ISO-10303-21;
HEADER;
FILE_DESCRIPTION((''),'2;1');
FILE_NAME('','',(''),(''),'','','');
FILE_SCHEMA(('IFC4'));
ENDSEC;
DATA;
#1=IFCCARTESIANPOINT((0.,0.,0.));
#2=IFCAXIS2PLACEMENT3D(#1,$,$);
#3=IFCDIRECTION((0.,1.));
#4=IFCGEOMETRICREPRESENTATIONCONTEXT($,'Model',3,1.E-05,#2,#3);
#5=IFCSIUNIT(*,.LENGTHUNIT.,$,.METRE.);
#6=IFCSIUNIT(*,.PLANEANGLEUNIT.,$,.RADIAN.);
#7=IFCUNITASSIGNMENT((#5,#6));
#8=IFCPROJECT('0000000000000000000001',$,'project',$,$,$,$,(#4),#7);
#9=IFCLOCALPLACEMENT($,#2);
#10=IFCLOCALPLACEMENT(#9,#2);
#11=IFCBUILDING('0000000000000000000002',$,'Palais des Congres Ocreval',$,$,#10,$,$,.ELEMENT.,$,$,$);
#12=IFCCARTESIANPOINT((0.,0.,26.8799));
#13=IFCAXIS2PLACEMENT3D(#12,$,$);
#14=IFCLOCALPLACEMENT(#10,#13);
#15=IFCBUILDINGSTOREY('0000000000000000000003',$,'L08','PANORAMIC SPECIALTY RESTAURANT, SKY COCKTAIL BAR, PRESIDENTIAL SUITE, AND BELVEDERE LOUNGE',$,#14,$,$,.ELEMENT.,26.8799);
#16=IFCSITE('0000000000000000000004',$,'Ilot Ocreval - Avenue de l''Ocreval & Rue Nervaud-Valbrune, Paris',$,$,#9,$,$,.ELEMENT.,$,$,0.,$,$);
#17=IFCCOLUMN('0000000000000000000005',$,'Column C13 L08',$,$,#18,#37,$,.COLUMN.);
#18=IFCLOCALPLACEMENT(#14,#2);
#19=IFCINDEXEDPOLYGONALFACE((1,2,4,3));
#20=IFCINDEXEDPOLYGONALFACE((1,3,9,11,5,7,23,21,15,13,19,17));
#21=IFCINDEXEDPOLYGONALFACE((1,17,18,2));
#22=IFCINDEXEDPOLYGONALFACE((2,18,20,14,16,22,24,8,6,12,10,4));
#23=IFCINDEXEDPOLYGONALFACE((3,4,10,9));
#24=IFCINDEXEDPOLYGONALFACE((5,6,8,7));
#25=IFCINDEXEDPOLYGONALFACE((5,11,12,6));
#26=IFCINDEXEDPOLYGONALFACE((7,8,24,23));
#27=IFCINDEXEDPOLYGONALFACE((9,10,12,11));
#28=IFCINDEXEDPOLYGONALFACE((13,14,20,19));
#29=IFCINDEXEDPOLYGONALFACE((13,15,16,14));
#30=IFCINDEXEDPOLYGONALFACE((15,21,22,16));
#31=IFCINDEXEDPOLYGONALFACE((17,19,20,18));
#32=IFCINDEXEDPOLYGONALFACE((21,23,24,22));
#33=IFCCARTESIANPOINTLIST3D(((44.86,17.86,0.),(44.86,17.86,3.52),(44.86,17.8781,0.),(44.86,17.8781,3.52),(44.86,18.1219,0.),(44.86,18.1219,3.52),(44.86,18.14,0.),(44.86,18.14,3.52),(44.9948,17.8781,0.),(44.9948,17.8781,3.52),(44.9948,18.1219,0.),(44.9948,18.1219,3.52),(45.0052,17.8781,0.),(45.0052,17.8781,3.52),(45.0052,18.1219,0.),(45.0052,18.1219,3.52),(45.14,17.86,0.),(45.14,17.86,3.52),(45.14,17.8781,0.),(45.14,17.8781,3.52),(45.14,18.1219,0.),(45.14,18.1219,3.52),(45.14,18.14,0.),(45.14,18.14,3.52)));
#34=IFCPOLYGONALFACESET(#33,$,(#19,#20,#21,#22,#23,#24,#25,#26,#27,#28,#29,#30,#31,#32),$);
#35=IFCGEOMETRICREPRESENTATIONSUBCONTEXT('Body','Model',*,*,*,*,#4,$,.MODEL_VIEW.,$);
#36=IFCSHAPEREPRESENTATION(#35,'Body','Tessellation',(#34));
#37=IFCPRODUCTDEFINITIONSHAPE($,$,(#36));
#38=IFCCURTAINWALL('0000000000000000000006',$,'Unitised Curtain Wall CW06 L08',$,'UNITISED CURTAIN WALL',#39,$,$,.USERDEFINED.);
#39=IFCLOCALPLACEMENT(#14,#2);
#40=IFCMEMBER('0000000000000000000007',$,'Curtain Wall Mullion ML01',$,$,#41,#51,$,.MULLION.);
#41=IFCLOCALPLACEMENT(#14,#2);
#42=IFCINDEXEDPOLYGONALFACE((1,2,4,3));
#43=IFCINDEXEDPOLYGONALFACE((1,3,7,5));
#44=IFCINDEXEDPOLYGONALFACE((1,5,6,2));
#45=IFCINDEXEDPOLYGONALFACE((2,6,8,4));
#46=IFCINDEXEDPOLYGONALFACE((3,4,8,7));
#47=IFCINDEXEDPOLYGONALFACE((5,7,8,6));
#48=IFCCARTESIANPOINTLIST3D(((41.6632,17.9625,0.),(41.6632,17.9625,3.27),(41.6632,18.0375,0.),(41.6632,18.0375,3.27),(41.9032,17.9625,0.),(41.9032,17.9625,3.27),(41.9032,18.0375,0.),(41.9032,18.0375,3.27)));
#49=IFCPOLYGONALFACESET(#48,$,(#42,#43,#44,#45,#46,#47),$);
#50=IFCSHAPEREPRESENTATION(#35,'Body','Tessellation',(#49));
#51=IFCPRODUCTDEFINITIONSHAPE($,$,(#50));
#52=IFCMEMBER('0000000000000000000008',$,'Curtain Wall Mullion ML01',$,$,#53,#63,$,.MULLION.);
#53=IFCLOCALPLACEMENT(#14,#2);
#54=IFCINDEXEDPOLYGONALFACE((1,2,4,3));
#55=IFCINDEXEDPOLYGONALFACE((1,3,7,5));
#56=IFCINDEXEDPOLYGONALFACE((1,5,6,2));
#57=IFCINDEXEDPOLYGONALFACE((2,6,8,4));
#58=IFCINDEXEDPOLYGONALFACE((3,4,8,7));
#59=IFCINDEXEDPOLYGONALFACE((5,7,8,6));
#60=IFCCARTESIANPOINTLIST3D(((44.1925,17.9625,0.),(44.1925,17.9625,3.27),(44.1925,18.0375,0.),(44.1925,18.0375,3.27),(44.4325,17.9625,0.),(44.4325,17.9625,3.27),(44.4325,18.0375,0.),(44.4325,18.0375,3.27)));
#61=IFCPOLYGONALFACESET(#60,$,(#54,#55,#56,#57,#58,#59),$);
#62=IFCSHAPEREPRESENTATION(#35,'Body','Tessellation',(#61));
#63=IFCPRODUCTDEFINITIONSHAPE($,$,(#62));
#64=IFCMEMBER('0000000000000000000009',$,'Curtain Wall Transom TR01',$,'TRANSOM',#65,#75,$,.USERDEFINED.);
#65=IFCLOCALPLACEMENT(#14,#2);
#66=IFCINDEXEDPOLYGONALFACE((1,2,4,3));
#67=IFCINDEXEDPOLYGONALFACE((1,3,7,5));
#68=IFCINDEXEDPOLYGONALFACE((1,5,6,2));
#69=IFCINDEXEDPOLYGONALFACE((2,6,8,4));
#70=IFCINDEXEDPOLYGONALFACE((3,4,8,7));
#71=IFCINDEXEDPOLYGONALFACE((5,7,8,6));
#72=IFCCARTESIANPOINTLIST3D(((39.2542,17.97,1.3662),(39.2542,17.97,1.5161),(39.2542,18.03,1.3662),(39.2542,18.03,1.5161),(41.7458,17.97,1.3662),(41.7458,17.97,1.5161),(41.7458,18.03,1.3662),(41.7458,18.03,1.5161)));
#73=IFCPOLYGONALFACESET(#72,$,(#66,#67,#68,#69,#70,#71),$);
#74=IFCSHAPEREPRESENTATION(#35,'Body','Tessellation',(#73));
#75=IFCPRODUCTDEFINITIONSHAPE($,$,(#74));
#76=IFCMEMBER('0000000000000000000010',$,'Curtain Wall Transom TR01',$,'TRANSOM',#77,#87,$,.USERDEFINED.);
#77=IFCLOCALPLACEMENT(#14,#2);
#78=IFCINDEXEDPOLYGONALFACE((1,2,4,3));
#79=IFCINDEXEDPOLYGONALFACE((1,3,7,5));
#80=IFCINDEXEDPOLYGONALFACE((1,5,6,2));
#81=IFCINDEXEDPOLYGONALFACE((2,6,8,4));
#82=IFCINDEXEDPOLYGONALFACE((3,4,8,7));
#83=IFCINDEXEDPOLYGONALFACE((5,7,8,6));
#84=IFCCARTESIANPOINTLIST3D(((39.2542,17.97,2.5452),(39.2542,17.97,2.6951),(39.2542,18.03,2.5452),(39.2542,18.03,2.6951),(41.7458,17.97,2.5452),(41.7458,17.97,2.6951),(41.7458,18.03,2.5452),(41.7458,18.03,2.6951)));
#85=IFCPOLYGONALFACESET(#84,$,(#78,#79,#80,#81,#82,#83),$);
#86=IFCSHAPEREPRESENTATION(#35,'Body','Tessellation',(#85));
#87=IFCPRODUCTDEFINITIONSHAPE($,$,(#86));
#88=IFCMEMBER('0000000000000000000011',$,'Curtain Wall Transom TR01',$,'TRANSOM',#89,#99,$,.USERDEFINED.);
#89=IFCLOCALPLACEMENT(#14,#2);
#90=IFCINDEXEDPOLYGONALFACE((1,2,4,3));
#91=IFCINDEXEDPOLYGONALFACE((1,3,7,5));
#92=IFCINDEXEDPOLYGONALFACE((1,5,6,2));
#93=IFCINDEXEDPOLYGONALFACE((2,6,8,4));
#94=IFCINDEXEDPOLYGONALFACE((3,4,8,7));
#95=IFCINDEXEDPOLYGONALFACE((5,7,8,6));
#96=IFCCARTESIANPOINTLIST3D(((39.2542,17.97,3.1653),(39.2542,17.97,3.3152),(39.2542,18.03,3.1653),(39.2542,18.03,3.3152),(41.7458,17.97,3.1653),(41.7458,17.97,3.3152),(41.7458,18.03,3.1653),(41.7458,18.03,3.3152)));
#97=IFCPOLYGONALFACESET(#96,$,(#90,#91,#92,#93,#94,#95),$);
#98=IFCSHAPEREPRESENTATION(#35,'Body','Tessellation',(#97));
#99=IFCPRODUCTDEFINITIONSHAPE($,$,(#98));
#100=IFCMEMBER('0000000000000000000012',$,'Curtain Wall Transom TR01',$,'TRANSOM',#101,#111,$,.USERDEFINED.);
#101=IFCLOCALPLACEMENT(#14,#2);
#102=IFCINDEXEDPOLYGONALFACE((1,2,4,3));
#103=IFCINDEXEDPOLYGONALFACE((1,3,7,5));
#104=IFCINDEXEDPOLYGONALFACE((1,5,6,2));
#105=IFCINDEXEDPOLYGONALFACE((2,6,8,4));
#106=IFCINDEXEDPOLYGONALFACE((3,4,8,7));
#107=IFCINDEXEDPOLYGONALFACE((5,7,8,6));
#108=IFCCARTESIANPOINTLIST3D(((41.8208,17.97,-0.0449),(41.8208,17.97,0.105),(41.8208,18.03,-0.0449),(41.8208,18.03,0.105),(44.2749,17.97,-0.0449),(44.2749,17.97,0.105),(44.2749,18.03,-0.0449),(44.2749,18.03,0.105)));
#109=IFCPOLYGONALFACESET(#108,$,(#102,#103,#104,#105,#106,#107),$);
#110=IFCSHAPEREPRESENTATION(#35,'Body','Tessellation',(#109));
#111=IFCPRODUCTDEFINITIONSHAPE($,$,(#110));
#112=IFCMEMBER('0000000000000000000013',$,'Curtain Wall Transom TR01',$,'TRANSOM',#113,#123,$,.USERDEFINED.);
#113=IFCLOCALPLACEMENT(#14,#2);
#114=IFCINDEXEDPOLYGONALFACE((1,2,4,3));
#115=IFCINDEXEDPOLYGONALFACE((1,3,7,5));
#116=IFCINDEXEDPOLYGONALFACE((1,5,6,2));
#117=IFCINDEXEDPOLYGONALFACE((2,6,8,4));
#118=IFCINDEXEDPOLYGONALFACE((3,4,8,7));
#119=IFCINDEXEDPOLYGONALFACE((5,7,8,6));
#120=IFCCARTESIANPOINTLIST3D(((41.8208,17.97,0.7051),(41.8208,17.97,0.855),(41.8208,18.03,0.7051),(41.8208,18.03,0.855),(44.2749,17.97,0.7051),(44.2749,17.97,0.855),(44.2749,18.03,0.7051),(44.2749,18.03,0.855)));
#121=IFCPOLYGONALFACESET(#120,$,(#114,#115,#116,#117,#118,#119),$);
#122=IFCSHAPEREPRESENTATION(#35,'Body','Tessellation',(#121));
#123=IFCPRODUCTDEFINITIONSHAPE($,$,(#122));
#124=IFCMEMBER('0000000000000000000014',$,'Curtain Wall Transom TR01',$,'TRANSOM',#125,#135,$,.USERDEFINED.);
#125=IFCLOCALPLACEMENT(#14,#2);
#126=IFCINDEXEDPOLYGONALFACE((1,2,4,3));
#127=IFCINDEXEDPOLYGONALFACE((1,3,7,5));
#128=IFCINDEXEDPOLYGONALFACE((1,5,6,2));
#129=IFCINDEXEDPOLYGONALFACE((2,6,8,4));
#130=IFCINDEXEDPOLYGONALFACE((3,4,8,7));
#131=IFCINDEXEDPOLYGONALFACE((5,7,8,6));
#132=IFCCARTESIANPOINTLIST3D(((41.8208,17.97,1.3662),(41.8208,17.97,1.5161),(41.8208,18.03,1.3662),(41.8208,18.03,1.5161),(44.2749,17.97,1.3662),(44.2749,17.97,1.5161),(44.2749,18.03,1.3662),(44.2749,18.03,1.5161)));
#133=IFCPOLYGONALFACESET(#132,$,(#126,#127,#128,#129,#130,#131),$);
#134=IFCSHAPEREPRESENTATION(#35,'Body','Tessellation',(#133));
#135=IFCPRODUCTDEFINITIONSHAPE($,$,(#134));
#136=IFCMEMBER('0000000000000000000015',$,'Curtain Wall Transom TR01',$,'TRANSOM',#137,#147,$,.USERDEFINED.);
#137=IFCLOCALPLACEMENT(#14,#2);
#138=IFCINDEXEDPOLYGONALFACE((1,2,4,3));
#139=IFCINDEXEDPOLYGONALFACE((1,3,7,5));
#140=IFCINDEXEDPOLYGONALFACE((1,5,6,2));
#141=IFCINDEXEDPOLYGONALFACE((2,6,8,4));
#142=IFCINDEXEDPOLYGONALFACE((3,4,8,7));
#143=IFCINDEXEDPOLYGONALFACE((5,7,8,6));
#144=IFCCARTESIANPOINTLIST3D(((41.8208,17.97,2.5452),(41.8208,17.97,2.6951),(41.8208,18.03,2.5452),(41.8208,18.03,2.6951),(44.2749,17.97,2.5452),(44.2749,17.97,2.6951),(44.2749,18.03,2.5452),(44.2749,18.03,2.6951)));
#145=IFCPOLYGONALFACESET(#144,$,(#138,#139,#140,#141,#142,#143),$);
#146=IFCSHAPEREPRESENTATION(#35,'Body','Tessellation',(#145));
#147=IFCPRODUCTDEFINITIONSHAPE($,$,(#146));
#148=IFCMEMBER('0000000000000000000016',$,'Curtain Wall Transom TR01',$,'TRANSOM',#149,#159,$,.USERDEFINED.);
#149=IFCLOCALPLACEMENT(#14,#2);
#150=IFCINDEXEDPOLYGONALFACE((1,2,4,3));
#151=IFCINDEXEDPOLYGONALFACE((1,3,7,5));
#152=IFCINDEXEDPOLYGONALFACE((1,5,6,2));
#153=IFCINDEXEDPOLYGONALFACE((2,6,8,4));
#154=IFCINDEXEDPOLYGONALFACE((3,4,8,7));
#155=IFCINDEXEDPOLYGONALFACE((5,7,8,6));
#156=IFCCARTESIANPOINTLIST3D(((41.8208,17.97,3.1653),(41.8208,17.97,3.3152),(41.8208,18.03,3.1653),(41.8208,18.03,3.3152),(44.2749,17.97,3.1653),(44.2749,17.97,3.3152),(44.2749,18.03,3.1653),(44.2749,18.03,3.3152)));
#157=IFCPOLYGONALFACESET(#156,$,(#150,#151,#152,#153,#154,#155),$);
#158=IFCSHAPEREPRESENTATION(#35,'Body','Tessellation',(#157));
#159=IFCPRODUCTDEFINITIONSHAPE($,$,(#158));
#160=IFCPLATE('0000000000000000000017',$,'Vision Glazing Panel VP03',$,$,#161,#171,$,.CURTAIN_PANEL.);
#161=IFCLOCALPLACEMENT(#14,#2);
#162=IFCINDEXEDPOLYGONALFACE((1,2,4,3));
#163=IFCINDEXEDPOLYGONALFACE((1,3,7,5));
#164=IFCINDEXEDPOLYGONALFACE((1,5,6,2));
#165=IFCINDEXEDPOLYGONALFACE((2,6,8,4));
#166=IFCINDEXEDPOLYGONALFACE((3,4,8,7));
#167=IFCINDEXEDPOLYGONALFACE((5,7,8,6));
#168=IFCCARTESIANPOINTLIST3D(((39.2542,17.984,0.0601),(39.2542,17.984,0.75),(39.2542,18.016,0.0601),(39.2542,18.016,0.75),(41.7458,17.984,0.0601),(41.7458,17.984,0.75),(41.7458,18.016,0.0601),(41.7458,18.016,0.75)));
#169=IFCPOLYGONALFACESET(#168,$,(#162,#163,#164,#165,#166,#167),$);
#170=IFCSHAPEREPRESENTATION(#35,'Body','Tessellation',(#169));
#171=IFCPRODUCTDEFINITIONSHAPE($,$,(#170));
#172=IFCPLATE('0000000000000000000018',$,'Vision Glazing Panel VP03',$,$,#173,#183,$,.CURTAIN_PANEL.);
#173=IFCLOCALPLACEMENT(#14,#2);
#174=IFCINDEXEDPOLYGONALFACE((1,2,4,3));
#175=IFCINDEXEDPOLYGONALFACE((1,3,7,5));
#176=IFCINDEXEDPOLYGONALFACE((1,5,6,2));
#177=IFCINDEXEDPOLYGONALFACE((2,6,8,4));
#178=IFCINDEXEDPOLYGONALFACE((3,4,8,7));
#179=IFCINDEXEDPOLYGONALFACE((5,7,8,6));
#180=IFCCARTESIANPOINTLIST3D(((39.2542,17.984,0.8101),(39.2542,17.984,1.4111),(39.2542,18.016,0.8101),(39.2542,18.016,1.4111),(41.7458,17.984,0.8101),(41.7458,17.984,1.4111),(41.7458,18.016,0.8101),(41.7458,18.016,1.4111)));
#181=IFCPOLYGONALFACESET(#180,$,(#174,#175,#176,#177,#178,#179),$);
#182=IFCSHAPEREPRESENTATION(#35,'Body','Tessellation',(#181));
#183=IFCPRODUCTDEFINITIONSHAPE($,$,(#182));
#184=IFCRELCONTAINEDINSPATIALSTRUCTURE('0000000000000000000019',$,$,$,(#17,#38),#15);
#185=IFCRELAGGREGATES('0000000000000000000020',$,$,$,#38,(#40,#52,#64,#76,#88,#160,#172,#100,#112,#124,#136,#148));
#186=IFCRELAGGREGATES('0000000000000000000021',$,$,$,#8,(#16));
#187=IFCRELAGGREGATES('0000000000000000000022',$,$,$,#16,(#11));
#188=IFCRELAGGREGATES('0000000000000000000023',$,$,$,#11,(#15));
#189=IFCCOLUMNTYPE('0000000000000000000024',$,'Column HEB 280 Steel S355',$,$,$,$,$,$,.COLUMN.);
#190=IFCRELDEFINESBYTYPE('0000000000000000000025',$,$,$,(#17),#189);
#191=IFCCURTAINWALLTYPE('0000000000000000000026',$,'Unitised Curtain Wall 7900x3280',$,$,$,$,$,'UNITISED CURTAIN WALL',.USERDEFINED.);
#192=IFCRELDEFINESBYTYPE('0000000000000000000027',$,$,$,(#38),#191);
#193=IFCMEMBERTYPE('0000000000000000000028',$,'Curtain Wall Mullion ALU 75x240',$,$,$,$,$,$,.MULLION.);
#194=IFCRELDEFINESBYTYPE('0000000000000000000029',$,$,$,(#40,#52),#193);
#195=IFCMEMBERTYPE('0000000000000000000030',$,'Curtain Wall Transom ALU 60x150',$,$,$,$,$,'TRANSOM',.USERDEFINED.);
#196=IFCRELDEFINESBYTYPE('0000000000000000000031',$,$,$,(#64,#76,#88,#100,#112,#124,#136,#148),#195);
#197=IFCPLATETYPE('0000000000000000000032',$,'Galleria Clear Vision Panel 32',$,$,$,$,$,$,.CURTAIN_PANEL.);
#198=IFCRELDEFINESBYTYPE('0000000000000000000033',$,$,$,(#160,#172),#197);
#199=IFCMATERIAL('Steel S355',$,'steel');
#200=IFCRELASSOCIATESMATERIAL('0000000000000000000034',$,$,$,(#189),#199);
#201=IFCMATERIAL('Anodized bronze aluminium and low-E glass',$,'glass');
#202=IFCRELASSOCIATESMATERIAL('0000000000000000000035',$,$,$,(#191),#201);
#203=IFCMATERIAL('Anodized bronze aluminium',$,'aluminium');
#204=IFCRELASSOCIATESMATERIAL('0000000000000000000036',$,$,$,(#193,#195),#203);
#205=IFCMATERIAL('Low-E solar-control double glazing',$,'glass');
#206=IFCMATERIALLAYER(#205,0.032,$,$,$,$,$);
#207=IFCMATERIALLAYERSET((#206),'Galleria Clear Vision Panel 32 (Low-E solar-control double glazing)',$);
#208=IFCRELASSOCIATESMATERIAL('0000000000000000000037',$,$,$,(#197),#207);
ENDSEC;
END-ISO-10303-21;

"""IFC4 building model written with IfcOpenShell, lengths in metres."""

from ifc_helpers import new_model, si_unit, direction, frame, origin, origin_2d, place, context, subcontext, project, spatial, rectangle, i_section, extrude, material, layer, layer_set, material_profile, profile_set, type_object, element, aggregate, save


model = new_model("IFC4")

# Units and contexts
model_context = context("Model", 3, precision=1e-05, world=origin(), true_north=direction((0.0, 1.0)))
body_context = subcontext(model_context, "Body", "Model", "MODEL_VIEW")
ifc_project = project(units=[si_unit("LENGTHUNIT", "METRE"), si_unit("PLANEANGLEUNIT", "RADIAN")], contexts=[model_context])

# Site, building, storey
site_placement = place(None, origin())
site = spatial("IfcSite", under=ifc_project, at=site_placement, Name="Ilot Ocreval - Avenue de l'Ocreval & Rue Nervaud-Valbrune, Paris", CompositionType="ELEMENT", RefElevation=0.0)
building_placement = place(site_placement, origin())
building = spatial("IfcBuilding", under=site, at=building_placement, Name="Palais des Congres Ocreval", CompositionType="ELEMENT")
storey_placement = place(building_placement, frame((0.0, 0.0, 26.8799)))
storey = spatial("IfcBuildingStorey", under=building, at=storey_placement, Name="L08", Description="PANORAMIC SPECIALTY RESTAURANT, SKY COCKTAIL BAR, PRESIDENTIAL SUITE, AND BELVEDERE LOUNGE", CompositionType="ELEMENT", Elevation=26.8799)

# Column
ifc_material_1 = material(Name="Steel S355", Category="steel")
ifc_material_profile_1 = material_profile(ifc_material_1, i_section(OverallWidth=0.28, OverallDepth=0.28, WebThickness=0.0105, FlangeThickness=0.0181, at=origin_2d()), Name="HEB 280")
ifc_profile_set_1 = profile_set([ifc_material_profile_1], Name="Steel S355")
column_type = type_object("IfcColumnType", Name="Column HEB 280 Steel S355", PredefinedType="COLUMN", material=ifc_profile_set_1)
column_placement = place(storey_placement, frame((45.0, 18.0, 0.0), z_axis=(0.0, 0.0, 1.0), x_axis=(1.0, 0.0, 0.0)))
element("IfcColumn", 1, at=column_placement, inside=storey, type_object=column_type, Name="Column C13 L08", PredefinedType="COLUMN", context=body_context, shape_type="SweptSolid", body=[
    extrude(i_section(OverallWidth=0.28, OverallDepth=0.28, WebThickness=0.0105, FlangeThickness=0.0181, at=origin_2d()), origin(), (0.0, 0.0, 1.0), 3.52),
])

# Curtain wall, members, plates
ifc_material_2 = material(Name="Anodized bronze aluminium and low-E glass", Category="glass")
curtain_wall_type = type_object("IfcCurtainWallType", Name="Unitised Curtain Wall 7900x3280", ElementType="UNITISED CURTAIN WALL", PredefinedType="USERDEFINED", material=ifc_material_2)
curtain_wall_placement = place(storey_placement, origin())
curtain_wall = element("IfcCurtainWall", 2, at=curtain_wall_placement, inside=storey, type_object=curtain_wall_type, Name="Unitised Curtain Wall CW06 L08", ObjectType="UNITISED CURTAIN WALL", PredefinedType="USERDEFINED")
ifc_material_3 = material(Name="Anodized bronze aluminium", Category="aluminium")
ifc_material_profile_2 = material_profile(ifc_material_3, rectangle(XDim=0.075, YDim=0.24, at=origin_2d()), Name="ALU 75x240")
ifc_profile_set_2 = profile_set([ifc_material_profile_2], Name="Anodized bronze aluminium")
member_type_1 = type_object("IfcMemberType", Name="Curtain Wall Mullion ALU 75x240", PredefinedType="MULLION", material=ifc_profile_set_2)
member_1_placement = place(storey_placement, frame((41.7832, 18.0, 0.0), z_axis=(0.0, 0.0, 1.0), x_axis=(0.0, 1.0, 0.0)))
member_1 = element("IfcMember", 3, at=member_1_placement, type_object=member_type_1, Name="Curtain Wall Mullion ML01", PredefinedType="MULLION", context=body_context, shape_type="SweptSolid", body=[
    extrude(rectangle(XDim=0.075, YDim=0.24, at=origin_2d()), origin(), (0.0, 0.0, 1.0), 3.27),
])
member_2_placement = place(storey_placement, frame((44.3125, 18.0, 0.0), z_axis=(0.0, 0.0, 1.0), x_axis=(0.0, 1.0, 0.0)))
member_2 = element("IfcMember", 4, at=member_2_placement, type_object=member_type_1, Name="Curtain Wall Mullion ML01", PredefinedType="MULLION", context=body_context, shape_type="SweptSolid", body=[
    extrude(rectangle(XDim=0.075, YDim=0.24, at=origin_2d()), origin(), (0.0, 0.0, 1.0), 3.27),
])
ifc_material_profile_3 = material_profile(ifc_material_3, rectangle(XDim=0.0601, YDim=0.1499, at=origin_2d()), Name="ALU 60x150")
ifc_profile_set_3 = profile_set([ifc_material_profile_3], Name="Anodized bronze aluminium")
member_type_2 = type_object("IfcMemberType", Name="Curtain Wall Transom ALU 60x150", ElementType="TRANSOM", PredefinedType="USERDEFINED", material=ifc_profile_set_3)
member_3_placement = place(storey_placement, frame((39.2542, 18.0, 1.4412), z_axis=(1.0, 0.0, 0.0), x_axis=(0.0, 1.0, 0.0)))
member_3 = element("IfcMember", 5, at=member_3_placement, type_object=member_type_2, Name="Curtain Wall Transom TR01", ObjectType="TRANSOM", PredefinedType="USERDEFINED", context=body_context, shape_type="SweptSolid", body=[
    extrude(rectangle(XDim=0.0601, YDim=0.1499, at=origin_2d()), origin(), (0.0, 0.0, 1.0), 2.4917),
])
member_4_placement = place(storey_placement, frame((39.2542, 18.0, 2.6201), z_axis=(1.0, 0.0, 0.0), x_axis=(0.0, 1.0, 0.0)))
member_4 = element("IfcMember", 6, at=member_4_placement, type_object=member_type_2, Name="Curtain Wall Transom TR01", ObjectType="TRANSOM", PredefinedType="USERDEFINED", context=body_context, shape_type="SweptSolid", body=[
    extrude(rectangle(XDim=0.0601, YDim=0.1499, at=origin_2d()), origin(), (0.0, 0.0, 1.0), 2.4917),
])
member_5_placement = place(storey_placement, frame((39.2542, 18.0, 3.2402), z_axis=(1.0, 0.0, 0.0), x_axis=(0.0, 1.0, 0.0)))
member_5 = element("IfcMember", 7, at=member_5_placement, type_object=member_type_2, Name="Curtain Wall Transom TR01", ObjectType="TRANSOM", PredefinedType="USERDEFINED", context=body_context, shape_type="SweptSolid", body=[
    extrude(rectangle(XDim=0.0601, YDim=0.1499, at=origin_2d()), origin(), (0.0, 0.0, 1.0), 2.4917),
])
member_6_placement = place(storey_placement, frame((41.8208, 18.0, 0.03), z_axis=(1.0, 0.0, 0.0), x_axis=(0.0, 1.0, 0.0)))
member_6 = element("IfcMember", 8, at=member_6_placement, type_object=member_type_2, Name="Curtain Wall Transom TR01", ObjectType="TRANSOM", PredefinedType="USERDEFINED", context=body_context, shape_type="SweptSolid", body=[
    extrude(rectangle(XDim=0.0601, YDim=0.1499, at=origin_2d()), origin(), (0.0, 0.0, 1.0), 2.4541),
])
member_7_placement = place(storey_placement, frame((41.8208, 18.0, 0.78), z_axis=(1.0, 0.0, 0.0), x_axis=(0.0, 1.0, 0.0)))
member_7 = element("IfcMember", 9, at=member_7_placement, type_object=member_type_2, Name="Curtain Wall Transom TR01", ObjectType="TRANSOM", PredefinedType="USERDEFINED", context=body_context, shape_type="SweptSolid", body=[
    extrude(rectangle(XDim=0.0601, YDim=0.1499, at=origin_2d()), origin(), (0.0, 0.0, 1.0), 2.4541),
])
member_8_placement = place(storey_placement, frame((41.8208, 18.0, 1.4412), z_axis=(1.0, 0.0, 0.0), x_axis=(0.0, 1.0, 0.0)))
member_8 = element("IfcMember", 10, at=member_8_placement, type_object=member_type_2, Name="Curtain Wall Transom TR01", ObjectType="TRANSOM", PredefinedType="USERDEFINED", context=body_context, shape_type="SweptSolid", body=[
    extrude(rectangle(XDim=0.0601, YDim=0.1499, at=origin_2d()), origin(), (0.0, 0.0, 1.0), 2.4541),
])
member_9_placement = place(storey_placement, frame((41.8208, 18.0, 2.6201), z_axis=(1.0, 0.0, 0.0), x_axis=(0.0, 1.0, 0.0)))
member_9 = element("IfcMember", 11, at=member_9_placement, type_object=member_type_2, Name="Curtain Wall Transom TR01", ObjectType="TRANSOM", PredefinedType="USERDEFINED", context=body_context, shape_type="SweptSolid", body=[
    extrude(rectangle(XDim=0.0601, YDim=0.1499, at=origin_2d()), origin(), (0.0, 0.0, 1.0), 2.4541),
])
member_10_placement = place(storey_placement, frame((41.8208, 18.0, 3.2402), z_axis=(1.0, 0.0, 0.0), x_axis=(0.0, 1.0, 0.0)))
member_10 = element("IfcMember", 12, at=member_10_placement, type_object=member_type_2, Name="Curtain Wall Transom TR01", ObjectType="TRANSOM", PredefinedType="USERDEFINED", context=body_context, shape_type="SweptSolid", body=[
    extrude(rectangle(XDim=0.0601, YDim=0.1499, at=origin_2d()), origin(), (0.0, 0.0, 1.0), 2.4541),
])
ifc_material_4 = material(Name="Low-E solar-control double glazing", Category="glass")
ifc_layer_1 = layer(ifc_material_4, 0.032)
ifc_layer_set_1 = layer_set([ifc_layer_1], Name="Galleria Clear Vision Panel 32 (Low-E solar-control double glazing)")
plate_type_1 = type_object("IfcPlateType", Name="Galleria Clear Vision Panel 32", PredefinedType="CURTAIN_PANEL", material=ifc_layer_set_1)
plate_1_placement = place(storey_placement, frame((40.5, 18.0, 0.0601), z_axis=(0.0, 0.0, 1.0), x_axis=(1.0, 0.0, 0.0)))
plate_1 = element("IfcPlate", 13, at=plate_1_placement, type_object=plate_type_1, Name="Vision Glazing Panel VP03", PredefinedType="CURTAIN_PANEL", context=body_context, shape_type="SweptSolid", body=[
    extrude(rectangle(XDim=2.4917, YDim=0.032, at=origin_2d()), origin(), (0.0, 0.0, 1.0), 0.6899),
])
plate_2_placement = place(storey_placement, frame((40.5, 18.0, 0.8101), z_axis=(0.0, 0.0, 1.0), x_axis=(1.0, 0.0, 0.0)))
plate_2 = element("IfcPlate", 14, at=plate_2_placement, type_object=plate_type_1, Name="Vision Glazing Panel VP03", PredefinedType="CURTAIN_PANEL", context=body_context, shape_type="SweptSolid", body=[
    extrude(rectangle(XDim=2.4917, YDim=0.032, at=origin_2d()), origin(), (0.0, 0.0, 1.0), 0.6011),
])
aggregate(curtain_wall, [member_1, member_2, member_3, member_4, member_5, plate_1, plate_2, member_6, member_7, member_8, member_9, member_10])

save(model, "model.ifc")
